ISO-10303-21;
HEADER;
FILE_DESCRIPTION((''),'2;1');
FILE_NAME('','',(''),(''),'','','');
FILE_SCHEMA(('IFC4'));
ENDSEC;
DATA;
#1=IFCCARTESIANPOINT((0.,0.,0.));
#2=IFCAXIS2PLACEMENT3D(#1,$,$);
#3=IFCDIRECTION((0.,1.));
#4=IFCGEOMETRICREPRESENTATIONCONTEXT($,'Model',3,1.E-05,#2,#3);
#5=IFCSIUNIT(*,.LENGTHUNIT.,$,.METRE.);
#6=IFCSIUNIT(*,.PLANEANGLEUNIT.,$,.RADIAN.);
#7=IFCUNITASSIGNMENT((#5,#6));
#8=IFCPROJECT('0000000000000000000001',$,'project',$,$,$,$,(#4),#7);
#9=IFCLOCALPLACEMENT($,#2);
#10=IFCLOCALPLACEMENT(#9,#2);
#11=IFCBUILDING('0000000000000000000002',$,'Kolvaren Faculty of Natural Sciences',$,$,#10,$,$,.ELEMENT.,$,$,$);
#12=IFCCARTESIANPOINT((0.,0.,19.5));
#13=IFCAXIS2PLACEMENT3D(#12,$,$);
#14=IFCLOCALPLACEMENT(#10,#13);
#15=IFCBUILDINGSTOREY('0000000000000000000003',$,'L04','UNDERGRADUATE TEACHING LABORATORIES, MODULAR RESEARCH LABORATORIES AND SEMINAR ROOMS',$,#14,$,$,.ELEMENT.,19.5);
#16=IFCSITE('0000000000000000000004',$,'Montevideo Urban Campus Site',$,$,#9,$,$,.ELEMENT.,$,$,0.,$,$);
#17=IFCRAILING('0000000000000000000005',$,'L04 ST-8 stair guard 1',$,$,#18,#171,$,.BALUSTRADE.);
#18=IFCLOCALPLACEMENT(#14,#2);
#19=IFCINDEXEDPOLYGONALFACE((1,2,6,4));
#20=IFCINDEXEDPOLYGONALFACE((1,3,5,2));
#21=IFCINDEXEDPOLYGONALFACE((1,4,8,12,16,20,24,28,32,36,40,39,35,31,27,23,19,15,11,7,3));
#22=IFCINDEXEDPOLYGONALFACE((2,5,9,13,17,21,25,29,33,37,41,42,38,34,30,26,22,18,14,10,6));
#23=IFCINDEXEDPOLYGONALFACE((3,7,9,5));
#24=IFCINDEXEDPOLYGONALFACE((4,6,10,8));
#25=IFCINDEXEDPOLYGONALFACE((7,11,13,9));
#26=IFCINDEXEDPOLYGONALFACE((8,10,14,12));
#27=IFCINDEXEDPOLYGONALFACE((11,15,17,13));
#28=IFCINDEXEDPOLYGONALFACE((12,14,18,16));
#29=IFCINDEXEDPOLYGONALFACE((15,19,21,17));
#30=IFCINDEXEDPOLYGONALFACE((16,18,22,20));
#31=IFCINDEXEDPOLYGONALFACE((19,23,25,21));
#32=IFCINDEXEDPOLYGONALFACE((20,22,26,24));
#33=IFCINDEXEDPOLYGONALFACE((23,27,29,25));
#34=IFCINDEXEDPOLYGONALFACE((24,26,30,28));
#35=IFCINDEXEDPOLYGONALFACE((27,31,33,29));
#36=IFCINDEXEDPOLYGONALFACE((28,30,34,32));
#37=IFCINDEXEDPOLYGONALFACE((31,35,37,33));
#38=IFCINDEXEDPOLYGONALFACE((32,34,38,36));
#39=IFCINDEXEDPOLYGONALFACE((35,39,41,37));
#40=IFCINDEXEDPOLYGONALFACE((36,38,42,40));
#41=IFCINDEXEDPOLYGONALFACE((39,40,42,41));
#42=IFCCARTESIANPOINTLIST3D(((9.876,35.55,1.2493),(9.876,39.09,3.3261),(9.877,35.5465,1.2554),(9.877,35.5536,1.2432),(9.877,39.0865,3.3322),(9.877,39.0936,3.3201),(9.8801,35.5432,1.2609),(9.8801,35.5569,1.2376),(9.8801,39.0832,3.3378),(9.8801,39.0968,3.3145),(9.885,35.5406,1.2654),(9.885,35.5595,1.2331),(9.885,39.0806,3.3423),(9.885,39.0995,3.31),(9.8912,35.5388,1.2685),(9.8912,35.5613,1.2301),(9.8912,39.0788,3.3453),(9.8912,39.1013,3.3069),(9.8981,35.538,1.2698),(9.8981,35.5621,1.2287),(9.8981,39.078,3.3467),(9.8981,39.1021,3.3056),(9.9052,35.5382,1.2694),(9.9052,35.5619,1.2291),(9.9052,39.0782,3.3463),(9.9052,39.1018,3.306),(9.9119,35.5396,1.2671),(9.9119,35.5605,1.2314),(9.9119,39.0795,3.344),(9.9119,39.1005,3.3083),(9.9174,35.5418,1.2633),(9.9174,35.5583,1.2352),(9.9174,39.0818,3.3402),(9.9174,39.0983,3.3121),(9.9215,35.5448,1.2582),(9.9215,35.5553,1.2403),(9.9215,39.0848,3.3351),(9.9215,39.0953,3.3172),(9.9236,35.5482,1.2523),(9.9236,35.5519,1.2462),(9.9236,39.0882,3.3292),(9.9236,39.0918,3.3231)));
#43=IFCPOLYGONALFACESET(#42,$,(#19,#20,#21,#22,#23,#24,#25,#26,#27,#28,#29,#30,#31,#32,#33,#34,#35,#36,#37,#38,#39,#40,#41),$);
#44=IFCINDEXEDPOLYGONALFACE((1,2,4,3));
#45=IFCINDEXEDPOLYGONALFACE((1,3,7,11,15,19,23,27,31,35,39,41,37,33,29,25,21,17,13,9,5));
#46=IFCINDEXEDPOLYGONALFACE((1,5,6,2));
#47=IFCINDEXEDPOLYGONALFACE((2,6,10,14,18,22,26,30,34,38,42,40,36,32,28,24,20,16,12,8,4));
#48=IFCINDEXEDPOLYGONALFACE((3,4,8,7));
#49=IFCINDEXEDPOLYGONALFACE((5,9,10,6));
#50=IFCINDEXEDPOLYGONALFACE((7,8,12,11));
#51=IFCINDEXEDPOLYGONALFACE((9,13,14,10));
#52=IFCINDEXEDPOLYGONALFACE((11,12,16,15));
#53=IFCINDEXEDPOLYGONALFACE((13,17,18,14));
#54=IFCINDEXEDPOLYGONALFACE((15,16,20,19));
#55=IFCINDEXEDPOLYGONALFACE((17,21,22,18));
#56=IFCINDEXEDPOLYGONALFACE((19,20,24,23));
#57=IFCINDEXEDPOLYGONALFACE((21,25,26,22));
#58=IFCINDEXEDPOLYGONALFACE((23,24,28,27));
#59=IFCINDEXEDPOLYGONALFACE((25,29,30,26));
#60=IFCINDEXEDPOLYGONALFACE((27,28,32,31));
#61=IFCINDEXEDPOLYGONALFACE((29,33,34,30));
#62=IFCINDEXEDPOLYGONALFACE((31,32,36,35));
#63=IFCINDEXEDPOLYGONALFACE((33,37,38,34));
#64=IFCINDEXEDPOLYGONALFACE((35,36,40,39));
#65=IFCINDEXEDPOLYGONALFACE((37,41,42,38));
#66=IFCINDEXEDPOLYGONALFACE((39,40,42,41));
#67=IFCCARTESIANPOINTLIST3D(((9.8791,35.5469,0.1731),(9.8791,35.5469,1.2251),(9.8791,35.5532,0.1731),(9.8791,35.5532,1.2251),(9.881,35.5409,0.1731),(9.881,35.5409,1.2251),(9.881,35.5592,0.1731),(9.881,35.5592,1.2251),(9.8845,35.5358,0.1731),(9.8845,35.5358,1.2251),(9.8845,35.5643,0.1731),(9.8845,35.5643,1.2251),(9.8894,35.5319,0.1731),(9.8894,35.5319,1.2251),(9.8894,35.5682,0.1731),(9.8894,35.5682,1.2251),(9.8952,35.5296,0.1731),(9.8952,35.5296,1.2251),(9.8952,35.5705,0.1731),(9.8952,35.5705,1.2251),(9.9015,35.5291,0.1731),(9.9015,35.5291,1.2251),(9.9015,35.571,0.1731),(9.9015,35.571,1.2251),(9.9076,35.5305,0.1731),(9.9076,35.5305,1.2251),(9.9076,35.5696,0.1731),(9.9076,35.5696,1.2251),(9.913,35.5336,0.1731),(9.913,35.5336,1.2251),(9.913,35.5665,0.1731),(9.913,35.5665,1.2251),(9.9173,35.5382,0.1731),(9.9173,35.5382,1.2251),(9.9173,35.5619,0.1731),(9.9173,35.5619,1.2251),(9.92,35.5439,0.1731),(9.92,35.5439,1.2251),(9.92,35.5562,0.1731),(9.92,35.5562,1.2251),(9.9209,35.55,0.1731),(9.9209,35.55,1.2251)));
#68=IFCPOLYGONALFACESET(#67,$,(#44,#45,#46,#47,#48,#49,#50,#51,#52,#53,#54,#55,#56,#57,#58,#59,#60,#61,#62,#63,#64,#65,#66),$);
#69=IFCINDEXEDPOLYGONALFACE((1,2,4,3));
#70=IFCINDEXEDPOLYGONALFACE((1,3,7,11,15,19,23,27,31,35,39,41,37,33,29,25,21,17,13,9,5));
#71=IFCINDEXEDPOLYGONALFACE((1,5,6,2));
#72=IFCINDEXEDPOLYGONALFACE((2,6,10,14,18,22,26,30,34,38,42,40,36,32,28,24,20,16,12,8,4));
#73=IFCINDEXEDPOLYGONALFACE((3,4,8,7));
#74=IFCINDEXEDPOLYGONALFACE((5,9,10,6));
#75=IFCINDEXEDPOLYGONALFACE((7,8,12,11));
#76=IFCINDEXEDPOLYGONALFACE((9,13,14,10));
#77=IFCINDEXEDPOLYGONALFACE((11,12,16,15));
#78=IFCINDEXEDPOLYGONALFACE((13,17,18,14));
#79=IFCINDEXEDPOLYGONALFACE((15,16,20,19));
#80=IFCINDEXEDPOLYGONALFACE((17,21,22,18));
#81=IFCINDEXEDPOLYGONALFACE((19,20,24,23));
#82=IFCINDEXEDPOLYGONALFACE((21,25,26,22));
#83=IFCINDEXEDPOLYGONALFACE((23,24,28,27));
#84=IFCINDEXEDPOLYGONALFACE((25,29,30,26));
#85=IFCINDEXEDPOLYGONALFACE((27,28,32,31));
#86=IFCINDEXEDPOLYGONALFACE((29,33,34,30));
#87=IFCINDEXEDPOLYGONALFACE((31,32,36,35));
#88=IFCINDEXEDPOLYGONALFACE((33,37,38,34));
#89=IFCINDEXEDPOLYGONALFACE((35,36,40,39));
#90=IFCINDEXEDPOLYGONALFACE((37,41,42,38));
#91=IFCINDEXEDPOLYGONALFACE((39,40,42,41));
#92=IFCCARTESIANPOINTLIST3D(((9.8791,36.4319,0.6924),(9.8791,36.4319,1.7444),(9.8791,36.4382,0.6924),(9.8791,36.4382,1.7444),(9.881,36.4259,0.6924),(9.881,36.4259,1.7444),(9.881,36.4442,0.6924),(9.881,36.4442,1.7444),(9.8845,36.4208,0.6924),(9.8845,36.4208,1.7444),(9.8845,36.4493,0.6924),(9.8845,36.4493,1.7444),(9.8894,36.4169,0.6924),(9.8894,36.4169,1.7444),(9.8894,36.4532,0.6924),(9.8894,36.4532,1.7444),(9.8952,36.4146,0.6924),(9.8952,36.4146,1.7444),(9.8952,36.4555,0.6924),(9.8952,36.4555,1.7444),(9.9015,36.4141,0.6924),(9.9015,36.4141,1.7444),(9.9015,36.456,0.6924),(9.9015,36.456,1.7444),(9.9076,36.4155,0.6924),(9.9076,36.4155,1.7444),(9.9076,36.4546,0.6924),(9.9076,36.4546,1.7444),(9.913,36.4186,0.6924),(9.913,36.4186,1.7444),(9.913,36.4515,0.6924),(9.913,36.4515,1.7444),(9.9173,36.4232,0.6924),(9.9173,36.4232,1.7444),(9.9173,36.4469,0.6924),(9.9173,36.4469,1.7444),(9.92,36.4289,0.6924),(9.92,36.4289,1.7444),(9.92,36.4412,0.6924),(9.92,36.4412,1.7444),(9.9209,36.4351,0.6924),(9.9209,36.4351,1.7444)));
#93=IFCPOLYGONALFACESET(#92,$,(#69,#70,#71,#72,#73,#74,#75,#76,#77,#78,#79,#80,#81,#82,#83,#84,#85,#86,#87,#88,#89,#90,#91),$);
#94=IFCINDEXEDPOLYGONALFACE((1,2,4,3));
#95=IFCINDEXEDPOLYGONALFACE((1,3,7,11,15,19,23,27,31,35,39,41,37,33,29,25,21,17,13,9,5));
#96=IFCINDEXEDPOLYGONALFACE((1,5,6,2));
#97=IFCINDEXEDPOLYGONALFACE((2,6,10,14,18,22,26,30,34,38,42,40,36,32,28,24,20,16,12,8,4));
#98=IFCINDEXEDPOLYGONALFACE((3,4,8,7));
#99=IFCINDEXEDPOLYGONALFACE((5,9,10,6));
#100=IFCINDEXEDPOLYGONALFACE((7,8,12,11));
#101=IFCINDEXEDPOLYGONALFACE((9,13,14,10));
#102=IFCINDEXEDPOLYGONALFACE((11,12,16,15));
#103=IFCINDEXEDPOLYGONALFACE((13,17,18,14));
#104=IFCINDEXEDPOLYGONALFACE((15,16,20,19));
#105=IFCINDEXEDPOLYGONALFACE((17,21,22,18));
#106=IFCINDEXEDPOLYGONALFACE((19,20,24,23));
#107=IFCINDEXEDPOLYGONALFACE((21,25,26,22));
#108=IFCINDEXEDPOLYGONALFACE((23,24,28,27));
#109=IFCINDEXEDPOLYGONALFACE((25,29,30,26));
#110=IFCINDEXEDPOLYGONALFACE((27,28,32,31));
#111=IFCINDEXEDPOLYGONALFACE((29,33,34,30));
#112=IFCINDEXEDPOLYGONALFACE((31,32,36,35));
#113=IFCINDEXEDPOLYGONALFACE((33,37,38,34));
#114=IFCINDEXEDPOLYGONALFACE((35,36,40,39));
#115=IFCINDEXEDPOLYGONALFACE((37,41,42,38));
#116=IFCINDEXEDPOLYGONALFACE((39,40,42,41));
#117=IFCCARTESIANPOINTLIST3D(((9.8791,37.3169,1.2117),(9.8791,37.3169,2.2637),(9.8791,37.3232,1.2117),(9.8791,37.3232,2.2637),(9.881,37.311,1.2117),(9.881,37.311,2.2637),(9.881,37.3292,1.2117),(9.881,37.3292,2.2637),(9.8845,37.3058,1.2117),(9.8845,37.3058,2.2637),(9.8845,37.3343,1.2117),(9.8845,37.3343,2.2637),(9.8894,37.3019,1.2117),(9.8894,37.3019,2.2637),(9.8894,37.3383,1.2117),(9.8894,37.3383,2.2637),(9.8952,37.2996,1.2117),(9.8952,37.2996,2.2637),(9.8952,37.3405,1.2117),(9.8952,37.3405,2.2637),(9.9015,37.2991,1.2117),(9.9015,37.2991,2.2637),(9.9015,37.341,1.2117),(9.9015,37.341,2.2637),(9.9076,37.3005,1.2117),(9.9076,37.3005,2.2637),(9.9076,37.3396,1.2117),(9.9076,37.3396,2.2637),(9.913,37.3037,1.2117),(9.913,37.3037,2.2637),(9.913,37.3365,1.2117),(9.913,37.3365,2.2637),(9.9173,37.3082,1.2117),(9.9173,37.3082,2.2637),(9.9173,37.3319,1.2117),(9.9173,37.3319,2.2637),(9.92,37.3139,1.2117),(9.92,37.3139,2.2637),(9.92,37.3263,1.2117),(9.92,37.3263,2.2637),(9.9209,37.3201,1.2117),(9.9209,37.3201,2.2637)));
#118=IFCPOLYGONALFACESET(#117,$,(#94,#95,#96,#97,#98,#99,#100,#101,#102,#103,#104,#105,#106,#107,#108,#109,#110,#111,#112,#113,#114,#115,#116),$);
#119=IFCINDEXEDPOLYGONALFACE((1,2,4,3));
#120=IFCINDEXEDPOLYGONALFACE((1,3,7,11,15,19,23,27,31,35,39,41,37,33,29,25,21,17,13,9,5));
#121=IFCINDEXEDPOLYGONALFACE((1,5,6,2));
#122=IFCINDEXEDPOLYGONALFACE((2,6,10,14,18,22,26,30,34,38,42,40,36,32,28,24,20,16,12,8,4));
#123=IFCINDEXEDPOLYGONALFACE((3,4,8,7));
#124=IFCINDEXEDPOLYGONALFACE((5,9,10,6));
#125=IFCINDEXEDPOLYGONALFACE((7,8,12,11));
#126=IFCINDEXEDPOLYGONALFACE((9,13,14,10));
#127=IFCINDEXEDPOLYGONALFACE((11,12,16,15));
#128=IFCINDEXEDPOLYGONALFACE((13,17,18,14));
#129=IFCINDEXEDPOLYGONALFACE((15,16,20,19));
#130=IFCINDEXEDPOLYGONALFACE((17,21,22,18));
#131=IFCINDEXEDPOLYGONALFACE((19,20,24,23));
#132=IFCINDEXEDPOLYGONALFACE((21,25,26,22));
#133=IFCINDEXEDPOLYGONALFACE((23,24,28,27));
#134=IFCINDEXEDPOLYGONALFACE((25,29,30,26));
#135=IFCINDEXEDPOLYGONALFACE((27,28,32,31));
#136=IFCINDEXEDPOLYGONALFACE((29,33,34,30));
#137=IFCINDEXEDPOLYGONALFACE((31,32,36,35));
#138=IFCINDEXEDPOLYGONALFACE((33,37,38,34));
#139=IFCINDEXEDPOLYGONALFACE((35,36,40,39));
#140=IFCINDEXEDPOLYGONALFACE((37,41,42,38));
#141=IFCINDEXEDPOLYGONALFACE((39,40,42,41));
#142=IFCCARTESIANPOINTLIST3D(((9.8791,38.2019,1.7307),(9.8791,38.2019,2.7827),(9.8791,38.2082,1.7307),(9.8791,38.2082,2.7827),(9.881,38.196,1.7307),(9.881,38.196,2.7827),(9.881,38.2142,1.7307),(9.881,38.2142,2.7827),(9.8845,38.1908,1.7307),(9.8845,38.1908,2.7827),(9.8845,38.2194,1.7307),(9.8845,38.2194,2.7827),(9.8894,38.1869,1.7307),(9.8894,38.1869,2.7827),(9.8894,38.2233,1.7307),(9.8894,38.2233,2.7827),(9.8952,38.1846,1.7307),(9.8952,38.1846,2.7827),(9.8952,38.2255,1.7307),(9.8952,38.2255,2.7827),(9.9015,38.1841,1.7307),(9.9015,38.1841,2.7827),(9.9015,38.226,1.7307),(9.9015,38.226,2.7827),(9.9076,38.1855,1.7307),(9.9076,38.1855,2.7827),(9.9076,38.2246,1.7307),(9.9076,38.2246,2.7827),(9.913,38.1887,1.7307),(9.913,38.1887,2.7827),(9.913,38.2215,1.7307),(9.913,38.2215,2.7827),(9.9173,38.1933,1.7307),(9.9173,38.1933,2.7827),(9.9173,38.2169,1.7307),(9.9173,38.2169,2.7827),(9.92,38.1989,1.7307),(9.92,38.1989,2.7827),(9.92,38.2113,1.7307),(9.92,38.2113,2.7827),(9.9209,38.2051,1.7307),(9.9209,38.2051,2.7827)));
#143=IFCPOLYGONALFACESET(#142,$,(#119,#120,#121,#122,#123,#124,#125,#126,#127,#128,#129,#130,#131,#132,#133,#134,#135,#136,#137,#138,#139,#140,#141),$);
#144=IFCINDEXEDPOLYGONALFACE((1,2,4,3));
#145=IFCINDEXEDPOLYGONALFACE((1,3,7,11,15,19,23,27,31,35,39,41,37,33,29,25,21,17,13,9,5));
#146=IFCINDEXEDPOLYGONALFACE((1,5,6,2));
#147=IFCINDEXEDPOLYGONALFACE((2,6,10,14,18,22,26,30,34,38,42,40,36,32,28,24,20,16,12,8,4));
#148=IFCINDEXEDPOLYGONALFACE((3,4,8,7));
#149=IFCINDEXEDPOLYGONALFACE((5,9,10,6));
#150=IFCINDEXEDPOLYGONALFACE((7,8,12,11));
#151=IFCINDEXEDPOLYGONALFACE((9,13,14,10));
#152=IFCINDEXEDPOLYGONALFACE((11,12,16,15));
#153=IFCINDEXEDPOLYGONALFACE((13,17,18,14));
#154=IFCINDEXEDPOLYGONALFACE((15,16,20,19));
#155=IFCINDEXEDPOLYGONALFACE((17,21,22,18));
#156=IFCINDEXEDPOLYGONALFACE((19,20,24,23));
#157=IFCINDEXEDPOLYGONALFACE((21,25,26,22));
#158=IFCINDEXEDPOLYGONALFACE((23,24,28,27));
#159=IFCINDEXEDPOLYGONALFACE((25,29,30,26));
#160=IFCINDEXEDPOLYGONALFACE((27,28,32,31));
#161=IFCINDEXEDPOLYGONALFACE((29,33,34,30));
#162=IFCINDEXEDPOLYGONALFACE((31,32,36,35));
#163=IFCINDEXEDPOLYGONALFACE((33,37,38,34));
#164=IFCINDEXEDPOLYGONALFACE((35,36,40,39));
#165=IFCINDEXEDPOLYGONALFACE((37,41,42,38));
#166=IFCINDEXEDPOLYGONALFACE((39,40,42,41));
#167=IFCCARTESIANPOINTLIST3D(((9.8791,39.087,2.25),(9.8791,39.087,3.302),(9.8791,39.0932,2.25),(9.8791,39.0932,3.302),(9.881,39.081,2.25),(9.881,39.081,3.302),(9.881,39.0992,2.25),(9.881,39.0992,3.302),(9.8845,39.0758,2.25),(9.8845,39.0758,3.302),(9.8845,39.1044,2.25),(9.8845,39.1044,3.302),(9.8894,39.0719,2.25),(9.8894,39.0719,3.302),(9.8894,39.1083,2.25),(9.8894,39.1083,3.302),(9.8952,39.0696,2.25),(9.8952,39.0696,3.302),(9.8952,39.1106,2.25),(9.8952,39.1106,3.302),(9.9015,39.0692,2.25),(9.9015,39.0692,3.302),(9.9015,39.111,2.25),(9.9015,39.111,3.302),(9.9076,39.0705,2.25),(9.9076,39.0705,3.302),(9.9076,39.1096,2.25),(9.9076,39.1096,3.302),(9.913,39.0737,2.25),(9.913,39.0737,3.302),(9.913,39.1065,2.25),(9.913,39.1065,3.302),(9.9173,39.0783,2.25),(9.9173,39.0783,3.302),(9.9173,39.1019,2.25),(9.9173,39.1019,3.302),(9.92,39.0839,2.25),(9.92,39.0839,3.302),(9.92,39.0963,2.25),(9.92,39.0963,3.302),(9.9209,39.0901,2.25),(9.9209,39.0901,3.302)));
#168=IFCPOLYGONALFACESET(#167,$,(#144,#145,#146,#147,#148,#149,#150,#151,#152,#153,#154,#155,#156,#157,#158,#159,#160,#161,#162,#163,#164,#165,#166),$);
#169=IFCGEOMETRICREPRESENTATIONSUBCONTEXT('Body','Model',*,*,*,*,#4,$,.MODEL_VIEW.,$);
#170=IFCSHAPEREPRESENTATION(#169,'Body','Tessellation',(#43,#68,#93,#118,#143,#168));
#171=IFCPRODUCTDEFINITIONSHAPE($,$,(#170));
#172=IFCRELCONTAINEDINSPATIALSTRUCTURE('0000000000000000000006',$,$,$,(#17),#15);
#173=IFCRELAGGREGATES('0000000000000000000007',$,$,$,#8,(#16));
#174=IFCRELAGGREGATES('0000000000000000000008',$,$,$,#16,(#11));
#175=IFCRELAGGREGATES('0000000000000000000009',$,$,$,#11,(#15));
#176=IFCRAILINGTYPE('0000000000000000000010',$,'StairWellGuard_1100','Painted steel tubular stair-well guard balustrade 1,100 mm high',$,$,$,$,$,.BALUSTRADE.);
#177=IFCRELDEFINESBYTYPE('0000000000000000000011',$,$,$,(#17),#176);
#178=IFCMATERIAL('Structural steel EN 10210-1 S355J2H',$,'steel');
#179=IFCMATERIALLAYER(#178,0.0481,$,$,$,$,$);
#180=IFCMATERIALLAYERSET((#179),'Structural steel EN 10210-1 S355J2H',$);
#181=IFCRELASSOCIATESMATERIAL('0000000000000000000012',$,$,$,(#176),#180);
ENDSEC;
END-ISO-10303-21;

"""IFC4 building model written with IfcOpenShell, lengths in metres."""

from ifc_helpers import new_model, si_unit, direction, frame, origin, origin_2d, place, context, subcontext, project, spatial, circle, extrude, material, layer, layer_set, type_object, element, save


model = new_model("IFC4")

# Units and contexts
model_context = context("Model", 3, precision=1e-05, world=origin(), true_north=direction((0.0, 1.0)))
body_context = subcontext(model_context, "Body", "Model", "MODEL_VIEW")
ifc_project = project(units=[si_unit("LENGTHUNIT", "METRE"), si_unit("PLANEANGLEUNIT", "RADIAN")], contexts=[model_context])

# Site, building, storey
site_placement = place(None, origin())
site = spatial("IfcSite", under=ifc_project, at=site_placement, Name="Montevideo Urban Campus Site", CompositionType="ELEMENT", RefElevation=0.0)
building_placement = place(site_placement, origin())
building = spatial("IfcBuilding", under=site, at=building_placement, Name="Kolvaren Faculty of Natural Sciences", CompositionType="ELEMENT")
storey_placement = place(building_placement, frame((0.0, 0.0, 19.5)))
storey = spatial("IfcBuildingStorey", under=building, at=storey_placement, Name="L04", Description="UNDERGRADUATE TEACHING LABORATORIES, MODULAR RESEARCH LABORATORIES AND SEMINAR ROOMS", CompositionType="ELEMENT", Elevation=19.5)

# Railing
ifc_material_1 = material(Name="Structural steel EN 10210-1 S355J2H", Category="steel")
ifc_layer_1 = layer(ifc_material_1, 0.0481)
ifc_layer_set_1 = layer_set([ifc_layer_1], Name="Structural steel EN 10210-1 S355J2H")
railing_type_1 = type_object("IfcRailingType", Name="StairWellGuard_1100", Description="Painted steel tubular stair-well guard balustrade 1,100 mm high", PredefinedType="BALUSTRADE", material=ifc_layer_set_1)
railing_1_placement = place(storey_placement, frame((9.8999, 35.55, 0.1731)))
element("IfcRailing", 1, at=railing_1_placement, inside=storey, type_object=railing_type_1, Name="L04 ST-8 stair guard 1", PredefinedType="BALUSTRADE", context=body_context, shape_type="SweptSolid", body=[
    extrude(circle(Radius=0.0239, at=origin_2d()), frame((0.0, 0.0, 1.0762), z_axis=(0.0, 0.862516, 0.506029), x_axis=(-1.0, 0.0, 0.0)), (0.0, 0.0, 1.0), 4.1042),
    extrude(circle(Radius=0.021, at=origin_2d()), origin(), (0.0, 0.0, 1.0), 1.052),
    extrude(circle(Radius=0.021, at=origin_2d()), frame((0.0, 0.885, 0.5193)), (0.0, 0.0, 1.0), 1.052),
    extrude(circle(Radius=0.021, at=origin_2d()), frame((0.0, 1.77, 1.0386)), (0.0, 0.0, 1.0), 1.052),
    extrude(circle(Radius=0.021, at=origin_2d()), frame((0.0, 2.655, 1.5576)), (0.0, 0.0, 1.0), 1.052),
    extrude(circle(Radius=0.021, at=origin_2d()), frame((0.0, 3.54, 2.0769)), (0.0, 0.0, 1.0), 1.052),
])

save(model, "model.ifc")
